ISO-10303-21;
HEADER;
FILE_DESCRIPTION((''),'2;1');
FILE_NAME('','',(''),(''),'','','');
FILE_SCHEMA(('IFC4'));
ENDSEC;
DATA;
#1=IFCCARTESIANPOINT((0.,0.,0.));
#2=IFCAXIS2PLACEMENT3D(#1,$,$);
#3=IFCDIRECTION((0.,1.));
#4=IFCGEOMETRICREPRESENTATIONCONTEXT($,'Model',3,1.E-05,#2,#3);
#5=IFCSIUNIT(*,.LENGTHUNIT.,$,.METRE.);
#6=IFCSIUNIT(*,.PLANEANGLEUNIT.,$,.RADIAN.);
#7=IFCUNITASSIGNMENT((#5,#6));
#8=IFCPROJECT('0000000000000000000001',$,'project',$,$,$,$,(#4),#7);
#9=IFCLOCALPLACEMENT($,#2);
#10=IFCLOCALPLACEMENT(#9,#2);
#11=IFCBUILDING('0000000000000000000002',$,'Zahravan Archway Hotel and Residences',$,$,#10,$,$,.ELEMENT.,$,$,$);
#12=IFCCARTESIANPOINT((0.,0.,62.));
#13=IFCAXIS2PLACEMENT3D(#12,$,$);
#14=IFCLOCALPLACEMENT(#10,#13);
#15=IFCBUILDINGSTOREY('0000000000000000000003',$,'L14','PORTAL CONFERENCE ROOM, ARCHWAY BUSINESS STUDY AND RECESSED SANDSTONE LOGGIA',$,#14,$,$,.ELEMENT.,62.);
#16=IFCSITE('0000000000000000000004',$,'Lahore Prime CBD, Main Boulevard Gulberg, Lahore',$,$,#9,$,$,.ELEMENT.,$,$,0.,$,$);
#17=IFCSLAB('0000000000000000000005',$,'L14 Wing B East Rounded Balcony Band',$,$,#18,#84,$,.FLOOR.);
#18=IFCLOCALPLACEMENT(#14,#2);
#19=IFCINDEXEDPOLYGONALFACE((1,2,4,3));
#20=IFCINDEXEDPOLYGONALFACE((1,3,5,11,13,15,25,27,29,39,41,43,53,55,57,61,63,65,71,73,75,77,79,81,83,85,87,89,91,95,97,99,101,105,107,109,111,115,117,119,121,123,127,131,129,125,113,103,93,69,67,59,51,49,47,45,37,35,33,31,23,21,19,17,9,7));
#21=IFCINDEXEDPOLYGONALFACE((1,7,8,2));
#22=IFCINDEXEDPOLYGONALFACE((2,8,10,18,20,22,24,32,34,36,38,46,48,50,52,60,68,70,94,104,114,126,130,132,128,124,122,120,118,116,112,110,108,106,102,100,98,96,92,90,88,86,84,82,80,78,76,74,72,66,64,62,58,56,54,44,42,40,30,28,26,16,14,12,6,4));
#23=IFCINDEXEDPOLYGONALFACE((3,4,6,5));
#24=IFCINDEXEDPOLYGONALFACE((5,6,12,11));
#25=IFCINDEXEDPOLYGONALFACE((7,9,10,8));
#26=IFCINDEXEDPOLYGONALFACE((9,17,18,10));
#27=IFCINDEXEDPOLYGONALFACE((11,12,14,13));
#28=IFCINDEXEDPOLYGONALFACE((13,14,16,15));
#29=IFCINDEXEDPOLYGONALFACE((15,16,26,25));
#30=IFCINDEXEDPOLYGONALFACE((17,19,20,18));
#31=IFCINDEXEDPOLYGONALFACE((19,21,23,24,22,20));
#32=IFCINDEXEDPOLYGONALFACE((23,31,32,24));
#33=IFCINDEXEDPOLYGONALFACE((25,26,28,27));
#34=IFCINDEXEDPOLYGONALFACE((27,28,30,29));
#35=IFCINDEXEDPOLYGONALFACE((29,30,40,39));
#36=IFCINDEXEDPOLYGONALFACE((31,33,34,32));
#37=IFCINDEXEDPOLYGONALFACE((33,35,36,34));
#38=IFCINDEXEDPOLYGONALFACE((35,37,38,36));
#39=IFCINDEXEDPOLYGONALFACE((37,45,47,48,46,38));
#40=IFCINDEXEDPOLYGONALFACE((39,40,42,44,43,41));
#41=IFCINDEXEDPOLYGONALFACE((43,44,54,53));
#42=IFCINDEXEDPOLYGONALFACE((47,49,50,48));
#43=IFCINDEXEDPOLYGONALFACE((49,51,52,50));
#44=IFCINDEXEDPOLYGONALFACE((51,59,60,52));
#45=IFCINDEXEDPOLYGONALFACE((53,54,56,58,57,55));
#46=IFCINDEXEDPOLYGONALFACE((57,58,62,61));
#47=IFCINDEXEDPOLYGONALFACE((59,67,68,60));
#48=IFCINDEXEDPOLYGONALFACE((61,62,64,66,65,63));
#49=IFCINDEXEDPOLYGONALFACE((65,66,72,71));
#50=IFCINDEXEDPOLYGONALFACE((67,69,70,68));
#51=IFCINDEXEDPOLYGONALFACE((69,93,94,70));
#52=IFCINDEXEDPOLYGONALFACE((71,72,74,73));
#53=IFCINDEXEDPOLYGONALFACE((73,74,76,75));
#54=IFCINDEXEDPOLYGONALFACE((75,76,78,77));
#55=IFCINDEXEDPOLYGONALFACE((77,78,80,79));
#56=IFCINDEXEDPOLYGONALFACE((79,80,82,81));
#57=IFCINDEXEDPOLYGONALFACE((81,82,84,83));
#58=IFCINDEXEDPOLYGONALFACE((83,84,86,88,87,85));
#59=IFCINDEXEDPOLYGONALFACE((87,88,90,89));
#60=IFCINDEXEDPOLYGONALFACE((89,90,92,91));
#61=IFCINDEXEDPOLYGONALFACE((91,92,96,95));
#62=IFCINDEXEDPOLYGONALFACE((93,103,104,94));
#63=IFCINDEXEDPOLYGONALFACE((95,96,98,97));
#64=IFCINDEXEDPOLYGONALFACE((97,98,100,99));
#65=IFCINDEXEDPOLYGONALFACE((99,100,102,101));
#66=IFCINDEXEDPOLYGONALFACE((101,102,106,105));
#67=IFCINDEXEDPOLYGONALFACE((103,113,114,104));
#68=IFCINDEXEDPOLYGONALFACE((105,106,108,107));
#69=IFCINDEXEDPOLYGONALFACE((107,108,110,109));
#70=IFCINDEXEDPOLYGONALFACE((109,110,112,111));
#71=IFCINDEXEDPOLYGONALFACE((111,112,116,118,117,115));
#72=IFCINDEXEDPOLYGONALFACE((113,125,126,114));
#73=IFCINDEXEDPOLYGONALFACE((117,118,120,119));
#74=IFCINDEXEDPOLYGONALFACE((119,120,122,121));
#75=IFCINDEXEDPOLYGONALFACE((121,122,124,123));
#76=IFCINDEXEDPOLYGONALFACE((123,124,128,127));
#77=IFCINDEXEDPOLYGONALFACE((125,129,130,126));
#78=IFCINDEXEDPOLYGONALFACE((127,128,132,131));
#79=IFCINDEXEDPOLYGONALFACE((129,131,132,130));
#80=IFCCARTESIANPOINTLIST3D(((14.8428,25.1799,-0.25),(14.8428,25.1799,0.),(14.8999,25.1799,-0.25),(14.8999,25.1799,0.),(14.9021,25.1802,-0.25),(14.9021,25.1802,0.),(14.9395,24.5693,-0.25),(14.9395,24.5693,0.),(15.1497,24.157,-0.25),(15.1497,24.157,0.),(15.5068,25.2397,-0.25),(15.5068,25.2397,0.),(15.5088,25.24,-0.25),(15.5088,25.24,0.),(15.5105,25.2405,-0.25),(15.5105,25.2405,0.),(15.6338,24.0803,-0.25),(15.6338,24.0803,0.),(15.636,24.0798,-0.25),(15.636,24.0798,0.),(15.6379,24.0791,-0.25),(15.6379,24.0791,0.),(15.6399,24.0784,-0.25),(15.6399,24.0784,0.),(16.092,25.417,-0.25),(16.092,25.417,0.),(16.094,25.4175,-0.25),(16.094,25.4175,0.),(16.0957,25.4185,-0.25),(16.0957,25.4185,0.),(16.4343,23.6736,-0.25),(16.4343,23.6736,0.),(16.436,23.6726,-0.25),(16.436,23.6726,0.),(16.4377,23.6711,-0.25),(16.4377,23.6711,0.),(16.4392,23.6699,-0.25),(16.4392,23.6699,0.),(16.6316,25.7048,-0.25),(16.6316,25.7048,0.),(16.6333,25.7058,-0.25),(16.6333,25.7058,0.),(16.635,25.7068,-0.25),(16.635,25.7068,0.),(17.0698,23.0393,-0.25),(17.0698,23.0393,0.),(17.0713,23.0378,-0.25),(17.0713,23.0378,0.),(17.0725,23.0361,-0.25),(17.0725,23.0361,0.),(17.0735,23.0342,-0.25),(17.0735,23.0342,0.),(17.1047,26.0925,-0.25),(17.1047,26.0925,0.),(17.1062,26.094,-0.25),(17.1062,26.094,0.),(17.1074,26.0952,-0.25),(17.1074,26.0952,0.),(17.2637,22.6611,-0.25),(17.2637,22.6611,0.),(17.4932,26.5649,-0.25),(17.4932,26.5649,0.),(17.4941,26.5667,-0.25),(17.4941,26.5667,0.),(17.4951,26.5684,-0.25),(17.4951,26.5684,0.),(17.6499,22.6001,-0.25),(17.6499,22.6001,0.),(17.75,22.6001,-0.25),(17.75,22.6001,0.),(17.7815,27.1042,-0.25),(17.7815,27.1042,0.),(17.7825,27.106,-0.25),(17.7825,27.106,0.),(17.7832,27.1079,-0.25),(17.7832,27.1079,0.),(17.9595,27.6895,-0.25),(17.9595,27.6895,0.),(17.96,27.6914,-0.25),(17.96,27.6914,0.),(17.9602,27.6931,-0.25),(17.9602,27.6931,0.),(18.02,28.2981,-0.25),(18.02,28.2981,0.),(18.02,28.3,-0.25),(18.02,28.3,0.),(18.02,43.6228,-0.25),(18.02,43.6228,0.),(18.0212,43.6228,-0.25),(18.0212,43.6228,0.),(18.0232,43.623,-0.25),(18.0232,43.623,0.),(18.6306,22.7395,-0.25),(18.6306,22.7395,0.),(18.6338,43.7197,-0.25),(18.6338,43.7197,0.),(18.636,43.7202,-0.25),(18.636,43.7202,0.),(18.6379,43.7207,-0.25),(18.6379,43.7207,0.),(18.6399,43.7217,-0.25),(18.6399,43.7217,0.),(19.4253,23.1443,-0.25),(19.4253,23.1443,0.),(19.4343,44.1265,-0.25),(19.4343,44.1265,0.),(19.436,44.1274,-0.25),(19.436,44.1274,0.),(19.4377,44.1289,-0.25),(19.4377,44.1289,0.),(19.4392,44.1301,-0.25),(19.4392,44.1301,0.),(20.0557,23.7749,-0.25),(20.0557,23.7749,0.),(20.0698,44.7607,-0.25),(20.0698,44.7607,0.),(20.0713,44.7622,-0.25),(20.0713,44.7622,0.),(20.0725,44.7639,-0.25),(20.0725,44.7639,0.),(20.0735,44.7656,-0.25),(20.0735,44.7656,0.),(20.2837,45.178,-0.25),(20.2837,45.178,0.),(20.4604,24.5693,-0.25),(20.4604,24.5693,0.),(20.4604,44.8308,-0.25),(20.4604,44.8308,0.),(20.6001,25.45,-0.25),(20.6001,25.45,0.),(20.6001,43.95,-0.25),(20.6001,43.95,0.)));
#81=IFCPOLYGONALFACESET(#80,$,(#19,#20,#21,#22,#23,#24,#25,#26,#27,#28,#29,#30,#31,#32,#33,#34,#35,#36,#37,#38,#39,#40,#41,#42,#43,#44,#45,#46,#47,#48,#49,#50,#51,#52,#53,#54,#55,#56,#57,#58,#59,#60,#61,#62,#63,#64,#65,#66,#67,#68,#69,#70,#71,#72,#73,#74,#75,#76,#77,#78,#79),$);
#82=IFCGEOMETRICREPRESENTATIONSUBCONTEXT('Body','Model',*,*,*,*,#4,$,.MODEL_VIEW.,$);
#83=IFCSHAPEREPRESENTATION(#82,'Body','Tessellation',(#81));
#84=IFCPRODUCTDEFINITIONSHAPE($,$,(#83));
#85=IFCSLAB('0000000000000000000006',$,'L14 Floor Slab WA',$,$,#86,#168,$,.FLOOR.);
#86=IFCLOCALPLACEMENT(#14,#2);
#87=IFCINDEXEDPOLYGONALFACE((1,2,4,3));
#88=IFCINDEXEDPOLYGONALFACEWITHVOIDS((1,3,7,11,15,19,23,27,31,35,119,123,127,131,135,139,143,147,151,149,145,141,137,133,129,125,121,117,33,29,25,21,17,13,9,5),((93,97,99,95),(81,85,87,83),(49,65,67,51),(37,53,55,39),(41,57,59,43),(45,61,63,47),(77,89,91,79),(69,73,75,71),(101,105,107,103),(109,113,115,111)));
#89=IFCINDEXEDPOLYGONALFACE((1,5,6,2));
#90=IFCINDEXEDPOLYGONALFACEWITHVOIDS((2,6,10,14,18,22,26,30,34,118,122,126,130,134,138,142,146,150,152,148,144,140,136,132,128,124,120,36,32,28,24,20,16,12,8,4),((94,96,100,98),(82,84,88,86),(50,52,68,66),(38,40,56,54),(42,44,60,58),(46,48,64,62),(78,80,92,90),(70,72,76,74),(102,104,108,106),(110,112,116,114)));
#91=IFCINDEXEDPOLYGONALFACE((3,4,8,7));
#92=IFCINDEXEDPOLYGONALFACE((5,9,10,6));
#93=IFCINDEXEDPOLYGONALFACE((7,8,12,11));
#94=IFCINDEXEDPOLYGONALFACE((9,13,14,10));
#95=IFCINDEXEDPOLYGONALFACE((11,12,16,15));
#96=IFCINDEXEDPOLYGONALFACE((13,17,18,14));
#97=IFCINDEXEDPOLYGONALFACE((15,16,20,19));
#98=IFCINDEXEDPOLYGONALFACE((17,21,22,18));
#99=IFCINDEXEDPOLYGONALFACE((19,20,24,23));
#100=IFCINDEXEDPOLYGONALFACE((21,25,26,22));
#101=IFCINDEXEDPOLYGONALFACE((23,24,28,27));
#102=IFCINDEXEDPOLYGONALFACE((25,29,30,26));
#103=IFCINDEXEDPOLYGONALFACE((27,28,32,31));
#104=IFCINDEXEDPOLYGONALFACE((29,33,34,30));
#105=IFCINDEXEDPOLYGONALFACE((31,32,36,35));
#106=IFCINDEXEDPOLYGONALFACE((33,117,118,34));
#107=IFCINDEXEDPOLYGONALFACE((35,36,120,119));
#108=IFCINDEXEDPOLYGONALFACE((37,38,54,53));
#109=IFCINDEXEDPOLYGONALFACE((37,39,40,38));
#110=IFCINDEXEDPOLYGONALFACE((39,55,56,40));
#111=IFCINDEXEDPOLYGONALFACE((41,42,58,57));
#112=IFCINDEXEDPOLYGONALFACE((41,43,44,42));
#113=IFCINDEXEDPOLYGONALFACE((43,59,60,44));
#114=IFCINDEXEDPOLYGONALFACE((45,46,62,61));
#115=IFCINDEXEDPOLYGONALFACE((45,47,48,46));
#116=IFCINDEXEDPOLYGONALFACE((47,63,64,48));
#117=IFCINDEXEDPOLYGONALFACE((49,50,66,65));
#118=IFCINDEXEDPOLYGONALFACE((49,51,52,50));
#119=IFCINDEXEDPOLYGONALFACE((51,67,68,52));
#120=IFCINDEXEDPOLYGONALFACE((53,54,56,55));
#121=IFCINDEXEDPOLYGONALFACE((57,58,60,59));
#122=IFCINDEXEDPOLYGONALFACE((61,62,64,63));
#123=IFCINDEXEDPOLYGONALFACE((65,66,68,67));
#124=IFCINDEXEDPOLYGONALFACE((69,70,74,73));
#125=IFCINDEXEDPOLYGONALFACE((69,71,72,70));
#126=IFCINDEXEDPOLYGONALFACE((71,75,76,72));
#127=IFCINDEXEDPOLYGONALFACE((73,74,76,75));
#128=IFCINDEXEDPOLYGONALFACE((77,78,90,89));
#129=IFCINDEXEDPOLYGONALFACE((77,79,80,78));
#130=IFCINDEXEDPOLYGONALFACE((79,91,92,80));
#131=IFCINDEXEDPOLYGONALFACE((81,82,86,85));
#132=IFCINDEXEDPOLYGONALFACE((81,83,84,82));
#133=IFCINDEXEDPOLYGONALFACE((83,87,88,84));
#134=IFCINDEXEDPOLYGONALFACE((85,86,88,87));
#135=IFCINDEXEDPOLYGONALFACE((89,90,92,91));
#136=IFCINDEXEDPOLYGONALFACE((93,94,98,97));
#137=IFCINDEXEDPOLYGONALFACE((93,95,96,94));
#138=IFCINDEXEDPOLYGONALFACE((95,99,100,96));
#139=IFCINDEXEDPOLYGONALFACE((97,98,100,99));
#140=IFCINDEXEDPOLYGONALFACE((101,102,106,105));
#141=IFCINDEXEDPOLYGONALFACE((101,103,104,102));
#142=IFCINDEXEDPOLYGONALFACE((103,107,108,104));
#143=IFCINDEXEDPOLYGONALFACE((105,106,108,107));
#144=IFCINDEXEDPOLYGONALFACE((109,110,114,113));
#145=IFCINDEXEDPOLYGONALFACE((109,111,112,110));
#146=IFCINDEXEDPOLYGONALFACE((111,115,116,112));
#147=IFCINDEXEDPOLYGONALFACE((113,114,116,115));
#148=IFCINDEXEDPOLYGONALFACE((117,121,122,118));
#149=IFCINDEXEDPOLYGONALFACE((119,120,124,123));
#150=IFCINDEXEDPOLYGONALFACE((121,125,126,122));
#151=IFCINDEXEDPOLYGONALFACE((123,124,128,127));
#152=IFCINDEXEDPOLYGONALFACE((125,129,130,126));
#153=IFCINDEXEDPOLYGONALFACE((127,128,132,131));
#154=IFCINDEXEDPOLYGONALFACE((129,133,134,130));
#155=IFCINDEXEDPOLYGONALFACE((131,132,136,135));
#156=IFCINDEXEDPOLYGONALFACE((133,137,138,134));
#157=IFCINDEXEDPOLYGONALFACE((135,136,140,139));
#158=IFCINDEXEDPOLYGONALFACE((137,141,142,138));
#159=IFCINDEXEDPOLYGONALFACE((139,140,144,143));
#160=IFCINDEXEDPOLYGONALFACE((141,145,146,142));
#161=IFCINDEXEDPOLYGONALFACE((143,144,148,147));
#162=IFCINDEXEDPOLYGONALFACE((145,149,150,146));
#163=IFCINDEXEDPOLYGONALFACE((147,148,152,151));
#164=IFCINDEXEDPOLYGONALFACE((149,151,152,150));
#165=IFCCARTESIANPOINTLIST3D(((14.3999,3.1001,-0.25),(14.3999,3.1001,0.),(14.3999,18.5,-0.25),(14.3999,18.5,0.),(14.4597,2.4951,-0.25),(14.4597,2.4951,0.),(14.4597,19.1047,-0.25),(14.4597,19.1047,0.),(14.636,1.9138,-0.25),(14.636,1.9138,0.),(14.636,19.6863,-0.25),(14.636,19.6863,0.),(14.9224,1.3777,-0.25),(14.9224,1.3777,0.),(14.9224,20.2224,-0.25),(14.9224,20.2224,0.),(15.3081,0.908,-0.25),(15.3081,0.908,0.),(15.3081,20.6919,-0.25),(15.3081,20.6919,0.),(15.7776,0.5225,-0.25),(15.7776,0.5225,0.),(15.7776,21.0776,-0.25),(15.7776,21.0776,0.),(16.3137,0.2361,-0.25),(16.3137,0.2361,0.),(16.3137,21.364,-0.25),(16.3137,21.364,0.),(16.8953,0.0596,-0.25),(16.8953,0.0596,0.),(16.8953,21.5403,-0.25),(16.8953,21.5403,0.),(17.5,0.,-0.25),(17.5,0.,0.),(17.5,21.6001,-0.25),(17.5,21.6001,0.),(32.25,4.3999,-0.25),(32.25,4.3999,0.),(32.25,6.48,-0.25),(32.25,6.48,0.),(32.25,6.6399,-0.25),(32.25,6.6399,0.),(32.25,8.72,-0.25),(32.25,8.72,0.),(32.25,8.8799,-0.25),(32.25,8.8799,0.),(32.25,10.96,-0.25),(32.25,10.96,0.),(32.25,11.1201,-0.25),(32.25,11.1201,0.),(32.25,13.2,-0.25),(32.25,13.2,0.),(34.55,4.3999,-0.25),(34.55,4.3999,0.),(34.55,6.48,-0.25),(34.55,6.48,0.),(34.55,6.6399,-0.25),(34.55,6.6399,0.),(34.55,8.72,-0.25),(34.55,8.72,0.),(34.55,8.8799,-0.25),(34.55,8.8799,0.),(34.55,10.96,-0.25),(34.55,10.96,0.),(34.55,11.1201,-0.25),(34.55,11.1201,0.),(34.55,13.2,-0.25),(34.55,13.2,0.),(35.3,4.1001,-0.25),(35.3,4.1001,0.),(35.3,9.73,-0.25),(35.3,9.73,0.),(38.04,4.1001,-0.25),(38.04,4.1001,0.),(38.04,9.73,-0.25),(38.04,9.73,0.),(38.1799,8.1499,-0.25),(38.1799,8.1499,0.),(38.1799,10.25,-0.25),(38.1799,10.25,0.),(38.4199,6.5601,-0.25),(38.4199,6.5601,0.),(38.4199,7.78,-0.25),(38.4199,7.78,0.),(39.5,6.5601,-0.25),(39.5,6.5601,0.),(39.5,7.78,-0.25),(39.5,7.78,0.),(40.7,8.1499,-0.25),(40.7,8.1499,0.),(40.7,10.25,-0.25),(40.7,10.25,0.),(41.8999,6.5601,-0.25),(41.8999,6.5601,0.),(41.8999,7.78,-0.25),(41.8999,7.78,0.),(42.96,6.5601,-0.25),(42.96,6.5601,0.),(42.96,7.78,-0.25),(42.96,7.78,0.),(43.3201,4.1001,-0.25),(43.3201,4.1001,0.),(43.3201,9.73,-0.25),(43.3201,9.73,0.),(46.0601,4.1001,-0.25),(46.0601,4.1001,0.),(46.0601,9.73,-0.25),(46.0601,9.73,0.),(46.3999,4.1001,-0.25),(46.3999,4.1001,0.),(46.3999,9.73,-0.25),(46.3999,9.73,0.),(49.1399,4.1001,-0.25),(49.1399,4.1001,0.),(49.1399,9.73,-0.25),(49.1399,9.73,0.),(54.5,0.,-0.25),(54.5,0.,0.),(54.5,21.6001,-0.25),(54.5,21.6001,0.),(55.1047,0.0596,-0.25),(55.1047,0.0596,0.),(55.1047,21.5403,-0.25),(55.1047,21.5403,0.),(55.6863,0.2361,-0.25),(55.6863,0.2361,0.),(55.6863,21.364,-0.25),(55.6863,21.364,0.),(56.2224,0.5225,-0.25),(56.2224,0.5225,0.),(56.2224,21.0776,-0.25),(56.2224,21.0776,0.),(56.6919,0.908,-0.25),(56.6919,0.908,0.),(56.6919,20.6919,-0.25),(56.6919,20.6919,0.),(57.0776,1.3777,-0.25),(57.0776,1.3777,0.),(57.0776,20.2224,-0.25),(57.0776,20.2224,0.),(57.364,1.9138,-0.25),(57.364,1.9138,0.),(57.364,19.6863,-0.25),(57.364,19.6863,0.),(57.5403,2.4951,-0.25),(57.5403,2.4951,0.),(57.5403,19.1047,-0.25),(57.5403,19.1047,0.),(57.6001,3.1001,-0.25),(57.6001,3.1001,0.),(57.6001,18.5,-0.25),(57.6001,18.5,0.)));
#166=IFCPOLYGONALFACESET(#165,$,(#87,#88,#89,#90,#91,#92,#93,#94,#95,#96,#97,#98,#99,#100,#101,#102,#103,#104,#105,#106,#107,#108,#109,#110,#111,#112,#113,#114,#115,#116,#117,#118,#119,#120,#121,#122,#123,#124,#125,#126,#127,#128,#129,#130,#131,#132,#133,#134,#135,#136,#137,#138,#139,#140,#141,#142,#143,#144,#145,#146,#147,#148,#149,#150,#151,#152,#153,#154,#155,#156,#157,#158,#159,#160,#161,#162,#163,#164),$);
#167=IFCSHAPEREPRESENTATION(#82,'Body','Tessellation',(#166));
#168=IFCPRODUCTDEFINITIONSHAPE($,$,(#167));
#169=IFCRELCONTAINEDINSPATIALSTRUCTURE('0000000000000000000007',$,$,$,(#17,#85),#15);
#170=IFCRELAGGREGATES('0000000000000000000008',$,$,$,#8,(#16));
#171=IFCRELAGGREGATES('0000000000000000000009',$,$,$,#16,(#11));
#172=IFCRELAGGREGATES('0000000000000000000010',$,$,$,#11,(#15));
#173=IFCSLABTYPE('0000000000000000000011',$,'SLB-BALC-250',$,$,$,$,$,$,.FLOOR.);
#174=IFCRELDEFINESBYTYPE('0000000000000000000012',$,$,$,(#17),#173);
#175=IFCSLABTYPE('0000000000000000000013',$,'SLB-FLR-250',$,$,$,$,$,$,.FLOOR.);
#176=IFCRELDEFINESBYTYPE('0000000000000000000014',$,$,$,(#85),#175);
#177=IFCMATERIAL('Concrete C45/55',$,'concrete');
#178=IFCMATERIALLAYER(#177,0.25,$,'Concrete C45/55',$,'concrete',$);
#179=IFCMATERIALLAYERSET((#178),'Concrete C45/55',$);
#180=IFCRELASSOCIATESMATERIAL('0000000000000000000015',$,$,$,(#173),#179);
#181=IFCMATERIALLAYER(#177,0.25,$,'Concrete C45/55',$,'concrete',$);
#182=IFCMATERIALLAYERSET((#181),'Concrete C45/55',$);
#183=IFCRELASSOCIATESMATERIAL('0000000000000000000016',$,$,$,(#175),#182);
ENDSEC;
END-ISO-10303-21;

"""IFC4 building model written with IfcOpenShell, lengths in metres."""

from ifc_helpers import new_model, si_unit, direction, frame, origin, place, context, subcontext, project, spatial, polyline, outline, extrude, material, layer, layer_set, type_object, element, save


model = new_model("IFC4")

# Units and contexts
model_context = context("Model", 3, precision=1e-05, world=origin(), true_north=direction((0.0, 1.0)))
body_context = subcontext(model_context, "Body", "Model", "MODEL_VIEW")
ifc_project = project(units=[si_unit("LENGTHUNIT", "METRE"), si_unit("PLANEANGLEUNIT", "RADIAN")], contexts=[model_context])

# Site, building, storey
site_placement = place(None, origin())
site = spatial("IfcSite", under=ifc_project, at=site_placement, Name="Lahore Prime CBD, Main Boulevard Gulberg, Lahore", CompositionType="ELEMENT", RefElevation=0.0)
building_placement = place(site_placement, origin())
building = spatial("IfcBuilding", under=site, at=building_placement, Name="Zahravan Archway Hotel and Residences", CompositionType="ELEMENT")
storey_placement = place(building_placement, frame((0.0, 0.0, 62.0)))
storey = spatial("IfcBuildingStorey", under=building, at=storey_placement, Name="L14", Description="PORTAL CONFERENCE ROOM, ARCHWAY BUSINESS STUDY AND RECESSED SANDSTONE LOGGIA", CompositionType="ELEMENT", Elevation=62.0)

# Slabs
ifc_material_1 = material(Name="Concrete C45/55", Category="concrete")
ifc_layer_1 = layer(ifc_material_1, 0.25, Name="Concrete C45/55", Category="concrete")
ifc_layer_set_1 = layer_set([ifc_layer_1], Name="Concrete C45/55")
slab_type_1 = type_object("IfcSlabType", Name="SLB-BALC-250", PredefinedType="FLOOR", material=ifc_layer_set_1)
slab_1_placement = place(storey_placement, frame((0.0, 0.0, -0.25)))
element("IfcSlab", 1, at=slab_1_placement, inside=storey, type_object=slab_type_1, Name="L14 Wing B East Rounded Balcony Band", PredefinedType="FLOOR", context=body_context, shape_type="SweptSolid", body=[
    extrude(outline(polyline([(20.4604, 44.8308), (20.6001, 43.95), (20.6001, 25.45), (20.4604, 24.5693), (20.0557, 23.7749), (19.4253, 23.1443), (18.6306, 22.7395), (17.75, 22.6001), (17.6499, 22.6001), (17.2637, 22.6611), (17.0735, 23.0342), (17.0725, 23.0361), (17.0713, 23.0378), (17.0698, 23.0393), (16.4392, 23.6699), (16.4377, 23.6711), (16.436, 23.6726), (16.4343, 23.6736), (15.6399, 24.0784), (15.6379, 24.0791), (15.636, 24.0798), (15.6338, 24.0803), (15.1497, 24.157), (14.9395, 24.5693), (14.8428, 25.1799), (14.8999, 25.1799), (14.9021, 25.1802), (15.5068, 25.2397), (15.5088, 25.24), (15.5105, 25.2405), (16.092, 25.417), (16.094, 25.4175), (16.0957, 25.4185), (16.6316, 25.7048), (16.6333, 25.7058), (16.635, 25.7068), (17.1047, 26.0925), (17.1062, 26.094), (17.1074, 26.0952), (17.4932, 26.5649), (17.4941, 26.5667), (17.4951, 26.5684), (17.7815, 27.1042), (17.7825, 27.106), (17.7832, 27.1079), (17.9595, 27.6895), (17.96, 27.6914), (17.9602, 27.6931), (18.02, 28.2981), (18.02, 28.3), (18.02, 43.6228), (18.0212, 43.6228), (18.0232, 43.623), (18.6338, 43.7197), (18.636, 43.7202), (18.6379, 43.7207), (18.6399, 43.7217), (19.4343, 44.1265), (19.436, 44.1274), (19.4377, 44.1289), (19.4392, 44.1301), (20.0698, 44.7607), (20.0713, 44.7622), (20.0725, 44.7639), (20.0735, 44.7656), (20.2837, 45.178), (20.4604, 44.8308)])), origin(), (0.0, 0.0, 1.0), 0.25),
])
ifc_layer_2 = layer(ifc_material_1, 0.25, Name="Concrete C45/55", Category="concrete")
ifc_layer_set_2 = layer_set([ifc_layer_2], Name="Concrete C45/55")
slab_type_2 = type_object("IfcSlabType", Name="SLB-FLR-250", PredefinedType="FLOOR", material=ifc_layer_set_2)
slab_2_placement = place(storey_placement, frame((0.0, 0.0, -0.25)))
element("IfcSlab", 2, at=slab_2_placement, inside=storey, type_object=slab_type_2, Name="L14 Floor Slab WA", PredefinedType="FLOOR", context=body_context, shape_type="SweptSolid", body=[
    extrude(outline(polyline([(54.5, 0.0), (55.1047, 0.0596), (55.6863, 0.2361), (56.2224, 0.5225), (56.6919, 0.908), (57.0776, 1.3777), (57.364, 1.9138), (57.5403, 2.4951), (57.6001, 3.1001), (57.6001, 18.5), (57.5403, 19.1047), (57.364, 19.6863), (57.0776, 20.2224), (56.6919, 20.6919), (56.2224, 21.0776), (55.6863, 21.364), (55.1047, 21.5403), (54.5, 21.6001), (17.5, 21.6001), (16.8953, 21.5403), (16.3137, 21.364), (15.7776, 21.0776), (15.3081, 20.6919), (14.9224, 20.2224), (14.636, 19.6863), (14.4597, 19.1047), (14.3999, 18.5), (14.3999, 3.1001), (14.4597, 2.4951), (14.636, 1.9138), (14.9224, 1.3777), (15.3081, 0.908), (15.7776, 0.5225), (16.3137, 0.2361), (16.8953, 0.0596), (17.5, 0.0), (54.5, 0.0)]), holes=[polyline([(35.3, 9.73), (35.3, 4.1001), (38.04, 4.1001), (38.04, 9.73), (35.3, 9.73)]), polyline([(43.3201, 9.73), (43.3201, 4.1001), (46.0601, 4.1001), (46.0601, 9.73), (43.3201, 9.73)]), polyline([(46.3999, 9.73), (46.3999, 4.1001), (49.1399, 4.1001), (49.1399, 9.73), (46.3999, 9.73)]), polyline([(38.1799, 8.1499), (40.7, 8.1499), (40.7, 10.25), (38.1799, 10.25), (38.1799, 8.1499)]), polyline([(32.25, 4.3999), (34.55, 4.3999), (34.55, 6.48), (32.25, 6.48), (32.25, 4.3999)]), polyline([(32.25, 6.6399), (34.55, 6.6399), (34.55, 8.72), (32.25, 8.72), (32.25, 6.6399)]), polyline([(32.25, 8.8799), (34.55, 8.8799), (34.55, 10.96), (32.25, 10.96), (32.25, 8.8799)]), polyline([(32.25, 11.1201), (34.55, 11.1201), (34.55, 13.2), (32.25, 13.2), (32.25, 11.1201)]), polyline([(38.4199, 6.5601), (39.5, 6.5601), (39.5, 7.78), (38.4199, 7.78), (38.4199, 6.5601)]), polyline([(41.8999, 6.5601), (42.96, 6.5601), (42.96, 7.78), (41.8999, 7.78), (41.8999, 6.5601)])]), origin(), (0.0, 0.0, 1.0), 0.25),
])

save(model, "model.ifc")
